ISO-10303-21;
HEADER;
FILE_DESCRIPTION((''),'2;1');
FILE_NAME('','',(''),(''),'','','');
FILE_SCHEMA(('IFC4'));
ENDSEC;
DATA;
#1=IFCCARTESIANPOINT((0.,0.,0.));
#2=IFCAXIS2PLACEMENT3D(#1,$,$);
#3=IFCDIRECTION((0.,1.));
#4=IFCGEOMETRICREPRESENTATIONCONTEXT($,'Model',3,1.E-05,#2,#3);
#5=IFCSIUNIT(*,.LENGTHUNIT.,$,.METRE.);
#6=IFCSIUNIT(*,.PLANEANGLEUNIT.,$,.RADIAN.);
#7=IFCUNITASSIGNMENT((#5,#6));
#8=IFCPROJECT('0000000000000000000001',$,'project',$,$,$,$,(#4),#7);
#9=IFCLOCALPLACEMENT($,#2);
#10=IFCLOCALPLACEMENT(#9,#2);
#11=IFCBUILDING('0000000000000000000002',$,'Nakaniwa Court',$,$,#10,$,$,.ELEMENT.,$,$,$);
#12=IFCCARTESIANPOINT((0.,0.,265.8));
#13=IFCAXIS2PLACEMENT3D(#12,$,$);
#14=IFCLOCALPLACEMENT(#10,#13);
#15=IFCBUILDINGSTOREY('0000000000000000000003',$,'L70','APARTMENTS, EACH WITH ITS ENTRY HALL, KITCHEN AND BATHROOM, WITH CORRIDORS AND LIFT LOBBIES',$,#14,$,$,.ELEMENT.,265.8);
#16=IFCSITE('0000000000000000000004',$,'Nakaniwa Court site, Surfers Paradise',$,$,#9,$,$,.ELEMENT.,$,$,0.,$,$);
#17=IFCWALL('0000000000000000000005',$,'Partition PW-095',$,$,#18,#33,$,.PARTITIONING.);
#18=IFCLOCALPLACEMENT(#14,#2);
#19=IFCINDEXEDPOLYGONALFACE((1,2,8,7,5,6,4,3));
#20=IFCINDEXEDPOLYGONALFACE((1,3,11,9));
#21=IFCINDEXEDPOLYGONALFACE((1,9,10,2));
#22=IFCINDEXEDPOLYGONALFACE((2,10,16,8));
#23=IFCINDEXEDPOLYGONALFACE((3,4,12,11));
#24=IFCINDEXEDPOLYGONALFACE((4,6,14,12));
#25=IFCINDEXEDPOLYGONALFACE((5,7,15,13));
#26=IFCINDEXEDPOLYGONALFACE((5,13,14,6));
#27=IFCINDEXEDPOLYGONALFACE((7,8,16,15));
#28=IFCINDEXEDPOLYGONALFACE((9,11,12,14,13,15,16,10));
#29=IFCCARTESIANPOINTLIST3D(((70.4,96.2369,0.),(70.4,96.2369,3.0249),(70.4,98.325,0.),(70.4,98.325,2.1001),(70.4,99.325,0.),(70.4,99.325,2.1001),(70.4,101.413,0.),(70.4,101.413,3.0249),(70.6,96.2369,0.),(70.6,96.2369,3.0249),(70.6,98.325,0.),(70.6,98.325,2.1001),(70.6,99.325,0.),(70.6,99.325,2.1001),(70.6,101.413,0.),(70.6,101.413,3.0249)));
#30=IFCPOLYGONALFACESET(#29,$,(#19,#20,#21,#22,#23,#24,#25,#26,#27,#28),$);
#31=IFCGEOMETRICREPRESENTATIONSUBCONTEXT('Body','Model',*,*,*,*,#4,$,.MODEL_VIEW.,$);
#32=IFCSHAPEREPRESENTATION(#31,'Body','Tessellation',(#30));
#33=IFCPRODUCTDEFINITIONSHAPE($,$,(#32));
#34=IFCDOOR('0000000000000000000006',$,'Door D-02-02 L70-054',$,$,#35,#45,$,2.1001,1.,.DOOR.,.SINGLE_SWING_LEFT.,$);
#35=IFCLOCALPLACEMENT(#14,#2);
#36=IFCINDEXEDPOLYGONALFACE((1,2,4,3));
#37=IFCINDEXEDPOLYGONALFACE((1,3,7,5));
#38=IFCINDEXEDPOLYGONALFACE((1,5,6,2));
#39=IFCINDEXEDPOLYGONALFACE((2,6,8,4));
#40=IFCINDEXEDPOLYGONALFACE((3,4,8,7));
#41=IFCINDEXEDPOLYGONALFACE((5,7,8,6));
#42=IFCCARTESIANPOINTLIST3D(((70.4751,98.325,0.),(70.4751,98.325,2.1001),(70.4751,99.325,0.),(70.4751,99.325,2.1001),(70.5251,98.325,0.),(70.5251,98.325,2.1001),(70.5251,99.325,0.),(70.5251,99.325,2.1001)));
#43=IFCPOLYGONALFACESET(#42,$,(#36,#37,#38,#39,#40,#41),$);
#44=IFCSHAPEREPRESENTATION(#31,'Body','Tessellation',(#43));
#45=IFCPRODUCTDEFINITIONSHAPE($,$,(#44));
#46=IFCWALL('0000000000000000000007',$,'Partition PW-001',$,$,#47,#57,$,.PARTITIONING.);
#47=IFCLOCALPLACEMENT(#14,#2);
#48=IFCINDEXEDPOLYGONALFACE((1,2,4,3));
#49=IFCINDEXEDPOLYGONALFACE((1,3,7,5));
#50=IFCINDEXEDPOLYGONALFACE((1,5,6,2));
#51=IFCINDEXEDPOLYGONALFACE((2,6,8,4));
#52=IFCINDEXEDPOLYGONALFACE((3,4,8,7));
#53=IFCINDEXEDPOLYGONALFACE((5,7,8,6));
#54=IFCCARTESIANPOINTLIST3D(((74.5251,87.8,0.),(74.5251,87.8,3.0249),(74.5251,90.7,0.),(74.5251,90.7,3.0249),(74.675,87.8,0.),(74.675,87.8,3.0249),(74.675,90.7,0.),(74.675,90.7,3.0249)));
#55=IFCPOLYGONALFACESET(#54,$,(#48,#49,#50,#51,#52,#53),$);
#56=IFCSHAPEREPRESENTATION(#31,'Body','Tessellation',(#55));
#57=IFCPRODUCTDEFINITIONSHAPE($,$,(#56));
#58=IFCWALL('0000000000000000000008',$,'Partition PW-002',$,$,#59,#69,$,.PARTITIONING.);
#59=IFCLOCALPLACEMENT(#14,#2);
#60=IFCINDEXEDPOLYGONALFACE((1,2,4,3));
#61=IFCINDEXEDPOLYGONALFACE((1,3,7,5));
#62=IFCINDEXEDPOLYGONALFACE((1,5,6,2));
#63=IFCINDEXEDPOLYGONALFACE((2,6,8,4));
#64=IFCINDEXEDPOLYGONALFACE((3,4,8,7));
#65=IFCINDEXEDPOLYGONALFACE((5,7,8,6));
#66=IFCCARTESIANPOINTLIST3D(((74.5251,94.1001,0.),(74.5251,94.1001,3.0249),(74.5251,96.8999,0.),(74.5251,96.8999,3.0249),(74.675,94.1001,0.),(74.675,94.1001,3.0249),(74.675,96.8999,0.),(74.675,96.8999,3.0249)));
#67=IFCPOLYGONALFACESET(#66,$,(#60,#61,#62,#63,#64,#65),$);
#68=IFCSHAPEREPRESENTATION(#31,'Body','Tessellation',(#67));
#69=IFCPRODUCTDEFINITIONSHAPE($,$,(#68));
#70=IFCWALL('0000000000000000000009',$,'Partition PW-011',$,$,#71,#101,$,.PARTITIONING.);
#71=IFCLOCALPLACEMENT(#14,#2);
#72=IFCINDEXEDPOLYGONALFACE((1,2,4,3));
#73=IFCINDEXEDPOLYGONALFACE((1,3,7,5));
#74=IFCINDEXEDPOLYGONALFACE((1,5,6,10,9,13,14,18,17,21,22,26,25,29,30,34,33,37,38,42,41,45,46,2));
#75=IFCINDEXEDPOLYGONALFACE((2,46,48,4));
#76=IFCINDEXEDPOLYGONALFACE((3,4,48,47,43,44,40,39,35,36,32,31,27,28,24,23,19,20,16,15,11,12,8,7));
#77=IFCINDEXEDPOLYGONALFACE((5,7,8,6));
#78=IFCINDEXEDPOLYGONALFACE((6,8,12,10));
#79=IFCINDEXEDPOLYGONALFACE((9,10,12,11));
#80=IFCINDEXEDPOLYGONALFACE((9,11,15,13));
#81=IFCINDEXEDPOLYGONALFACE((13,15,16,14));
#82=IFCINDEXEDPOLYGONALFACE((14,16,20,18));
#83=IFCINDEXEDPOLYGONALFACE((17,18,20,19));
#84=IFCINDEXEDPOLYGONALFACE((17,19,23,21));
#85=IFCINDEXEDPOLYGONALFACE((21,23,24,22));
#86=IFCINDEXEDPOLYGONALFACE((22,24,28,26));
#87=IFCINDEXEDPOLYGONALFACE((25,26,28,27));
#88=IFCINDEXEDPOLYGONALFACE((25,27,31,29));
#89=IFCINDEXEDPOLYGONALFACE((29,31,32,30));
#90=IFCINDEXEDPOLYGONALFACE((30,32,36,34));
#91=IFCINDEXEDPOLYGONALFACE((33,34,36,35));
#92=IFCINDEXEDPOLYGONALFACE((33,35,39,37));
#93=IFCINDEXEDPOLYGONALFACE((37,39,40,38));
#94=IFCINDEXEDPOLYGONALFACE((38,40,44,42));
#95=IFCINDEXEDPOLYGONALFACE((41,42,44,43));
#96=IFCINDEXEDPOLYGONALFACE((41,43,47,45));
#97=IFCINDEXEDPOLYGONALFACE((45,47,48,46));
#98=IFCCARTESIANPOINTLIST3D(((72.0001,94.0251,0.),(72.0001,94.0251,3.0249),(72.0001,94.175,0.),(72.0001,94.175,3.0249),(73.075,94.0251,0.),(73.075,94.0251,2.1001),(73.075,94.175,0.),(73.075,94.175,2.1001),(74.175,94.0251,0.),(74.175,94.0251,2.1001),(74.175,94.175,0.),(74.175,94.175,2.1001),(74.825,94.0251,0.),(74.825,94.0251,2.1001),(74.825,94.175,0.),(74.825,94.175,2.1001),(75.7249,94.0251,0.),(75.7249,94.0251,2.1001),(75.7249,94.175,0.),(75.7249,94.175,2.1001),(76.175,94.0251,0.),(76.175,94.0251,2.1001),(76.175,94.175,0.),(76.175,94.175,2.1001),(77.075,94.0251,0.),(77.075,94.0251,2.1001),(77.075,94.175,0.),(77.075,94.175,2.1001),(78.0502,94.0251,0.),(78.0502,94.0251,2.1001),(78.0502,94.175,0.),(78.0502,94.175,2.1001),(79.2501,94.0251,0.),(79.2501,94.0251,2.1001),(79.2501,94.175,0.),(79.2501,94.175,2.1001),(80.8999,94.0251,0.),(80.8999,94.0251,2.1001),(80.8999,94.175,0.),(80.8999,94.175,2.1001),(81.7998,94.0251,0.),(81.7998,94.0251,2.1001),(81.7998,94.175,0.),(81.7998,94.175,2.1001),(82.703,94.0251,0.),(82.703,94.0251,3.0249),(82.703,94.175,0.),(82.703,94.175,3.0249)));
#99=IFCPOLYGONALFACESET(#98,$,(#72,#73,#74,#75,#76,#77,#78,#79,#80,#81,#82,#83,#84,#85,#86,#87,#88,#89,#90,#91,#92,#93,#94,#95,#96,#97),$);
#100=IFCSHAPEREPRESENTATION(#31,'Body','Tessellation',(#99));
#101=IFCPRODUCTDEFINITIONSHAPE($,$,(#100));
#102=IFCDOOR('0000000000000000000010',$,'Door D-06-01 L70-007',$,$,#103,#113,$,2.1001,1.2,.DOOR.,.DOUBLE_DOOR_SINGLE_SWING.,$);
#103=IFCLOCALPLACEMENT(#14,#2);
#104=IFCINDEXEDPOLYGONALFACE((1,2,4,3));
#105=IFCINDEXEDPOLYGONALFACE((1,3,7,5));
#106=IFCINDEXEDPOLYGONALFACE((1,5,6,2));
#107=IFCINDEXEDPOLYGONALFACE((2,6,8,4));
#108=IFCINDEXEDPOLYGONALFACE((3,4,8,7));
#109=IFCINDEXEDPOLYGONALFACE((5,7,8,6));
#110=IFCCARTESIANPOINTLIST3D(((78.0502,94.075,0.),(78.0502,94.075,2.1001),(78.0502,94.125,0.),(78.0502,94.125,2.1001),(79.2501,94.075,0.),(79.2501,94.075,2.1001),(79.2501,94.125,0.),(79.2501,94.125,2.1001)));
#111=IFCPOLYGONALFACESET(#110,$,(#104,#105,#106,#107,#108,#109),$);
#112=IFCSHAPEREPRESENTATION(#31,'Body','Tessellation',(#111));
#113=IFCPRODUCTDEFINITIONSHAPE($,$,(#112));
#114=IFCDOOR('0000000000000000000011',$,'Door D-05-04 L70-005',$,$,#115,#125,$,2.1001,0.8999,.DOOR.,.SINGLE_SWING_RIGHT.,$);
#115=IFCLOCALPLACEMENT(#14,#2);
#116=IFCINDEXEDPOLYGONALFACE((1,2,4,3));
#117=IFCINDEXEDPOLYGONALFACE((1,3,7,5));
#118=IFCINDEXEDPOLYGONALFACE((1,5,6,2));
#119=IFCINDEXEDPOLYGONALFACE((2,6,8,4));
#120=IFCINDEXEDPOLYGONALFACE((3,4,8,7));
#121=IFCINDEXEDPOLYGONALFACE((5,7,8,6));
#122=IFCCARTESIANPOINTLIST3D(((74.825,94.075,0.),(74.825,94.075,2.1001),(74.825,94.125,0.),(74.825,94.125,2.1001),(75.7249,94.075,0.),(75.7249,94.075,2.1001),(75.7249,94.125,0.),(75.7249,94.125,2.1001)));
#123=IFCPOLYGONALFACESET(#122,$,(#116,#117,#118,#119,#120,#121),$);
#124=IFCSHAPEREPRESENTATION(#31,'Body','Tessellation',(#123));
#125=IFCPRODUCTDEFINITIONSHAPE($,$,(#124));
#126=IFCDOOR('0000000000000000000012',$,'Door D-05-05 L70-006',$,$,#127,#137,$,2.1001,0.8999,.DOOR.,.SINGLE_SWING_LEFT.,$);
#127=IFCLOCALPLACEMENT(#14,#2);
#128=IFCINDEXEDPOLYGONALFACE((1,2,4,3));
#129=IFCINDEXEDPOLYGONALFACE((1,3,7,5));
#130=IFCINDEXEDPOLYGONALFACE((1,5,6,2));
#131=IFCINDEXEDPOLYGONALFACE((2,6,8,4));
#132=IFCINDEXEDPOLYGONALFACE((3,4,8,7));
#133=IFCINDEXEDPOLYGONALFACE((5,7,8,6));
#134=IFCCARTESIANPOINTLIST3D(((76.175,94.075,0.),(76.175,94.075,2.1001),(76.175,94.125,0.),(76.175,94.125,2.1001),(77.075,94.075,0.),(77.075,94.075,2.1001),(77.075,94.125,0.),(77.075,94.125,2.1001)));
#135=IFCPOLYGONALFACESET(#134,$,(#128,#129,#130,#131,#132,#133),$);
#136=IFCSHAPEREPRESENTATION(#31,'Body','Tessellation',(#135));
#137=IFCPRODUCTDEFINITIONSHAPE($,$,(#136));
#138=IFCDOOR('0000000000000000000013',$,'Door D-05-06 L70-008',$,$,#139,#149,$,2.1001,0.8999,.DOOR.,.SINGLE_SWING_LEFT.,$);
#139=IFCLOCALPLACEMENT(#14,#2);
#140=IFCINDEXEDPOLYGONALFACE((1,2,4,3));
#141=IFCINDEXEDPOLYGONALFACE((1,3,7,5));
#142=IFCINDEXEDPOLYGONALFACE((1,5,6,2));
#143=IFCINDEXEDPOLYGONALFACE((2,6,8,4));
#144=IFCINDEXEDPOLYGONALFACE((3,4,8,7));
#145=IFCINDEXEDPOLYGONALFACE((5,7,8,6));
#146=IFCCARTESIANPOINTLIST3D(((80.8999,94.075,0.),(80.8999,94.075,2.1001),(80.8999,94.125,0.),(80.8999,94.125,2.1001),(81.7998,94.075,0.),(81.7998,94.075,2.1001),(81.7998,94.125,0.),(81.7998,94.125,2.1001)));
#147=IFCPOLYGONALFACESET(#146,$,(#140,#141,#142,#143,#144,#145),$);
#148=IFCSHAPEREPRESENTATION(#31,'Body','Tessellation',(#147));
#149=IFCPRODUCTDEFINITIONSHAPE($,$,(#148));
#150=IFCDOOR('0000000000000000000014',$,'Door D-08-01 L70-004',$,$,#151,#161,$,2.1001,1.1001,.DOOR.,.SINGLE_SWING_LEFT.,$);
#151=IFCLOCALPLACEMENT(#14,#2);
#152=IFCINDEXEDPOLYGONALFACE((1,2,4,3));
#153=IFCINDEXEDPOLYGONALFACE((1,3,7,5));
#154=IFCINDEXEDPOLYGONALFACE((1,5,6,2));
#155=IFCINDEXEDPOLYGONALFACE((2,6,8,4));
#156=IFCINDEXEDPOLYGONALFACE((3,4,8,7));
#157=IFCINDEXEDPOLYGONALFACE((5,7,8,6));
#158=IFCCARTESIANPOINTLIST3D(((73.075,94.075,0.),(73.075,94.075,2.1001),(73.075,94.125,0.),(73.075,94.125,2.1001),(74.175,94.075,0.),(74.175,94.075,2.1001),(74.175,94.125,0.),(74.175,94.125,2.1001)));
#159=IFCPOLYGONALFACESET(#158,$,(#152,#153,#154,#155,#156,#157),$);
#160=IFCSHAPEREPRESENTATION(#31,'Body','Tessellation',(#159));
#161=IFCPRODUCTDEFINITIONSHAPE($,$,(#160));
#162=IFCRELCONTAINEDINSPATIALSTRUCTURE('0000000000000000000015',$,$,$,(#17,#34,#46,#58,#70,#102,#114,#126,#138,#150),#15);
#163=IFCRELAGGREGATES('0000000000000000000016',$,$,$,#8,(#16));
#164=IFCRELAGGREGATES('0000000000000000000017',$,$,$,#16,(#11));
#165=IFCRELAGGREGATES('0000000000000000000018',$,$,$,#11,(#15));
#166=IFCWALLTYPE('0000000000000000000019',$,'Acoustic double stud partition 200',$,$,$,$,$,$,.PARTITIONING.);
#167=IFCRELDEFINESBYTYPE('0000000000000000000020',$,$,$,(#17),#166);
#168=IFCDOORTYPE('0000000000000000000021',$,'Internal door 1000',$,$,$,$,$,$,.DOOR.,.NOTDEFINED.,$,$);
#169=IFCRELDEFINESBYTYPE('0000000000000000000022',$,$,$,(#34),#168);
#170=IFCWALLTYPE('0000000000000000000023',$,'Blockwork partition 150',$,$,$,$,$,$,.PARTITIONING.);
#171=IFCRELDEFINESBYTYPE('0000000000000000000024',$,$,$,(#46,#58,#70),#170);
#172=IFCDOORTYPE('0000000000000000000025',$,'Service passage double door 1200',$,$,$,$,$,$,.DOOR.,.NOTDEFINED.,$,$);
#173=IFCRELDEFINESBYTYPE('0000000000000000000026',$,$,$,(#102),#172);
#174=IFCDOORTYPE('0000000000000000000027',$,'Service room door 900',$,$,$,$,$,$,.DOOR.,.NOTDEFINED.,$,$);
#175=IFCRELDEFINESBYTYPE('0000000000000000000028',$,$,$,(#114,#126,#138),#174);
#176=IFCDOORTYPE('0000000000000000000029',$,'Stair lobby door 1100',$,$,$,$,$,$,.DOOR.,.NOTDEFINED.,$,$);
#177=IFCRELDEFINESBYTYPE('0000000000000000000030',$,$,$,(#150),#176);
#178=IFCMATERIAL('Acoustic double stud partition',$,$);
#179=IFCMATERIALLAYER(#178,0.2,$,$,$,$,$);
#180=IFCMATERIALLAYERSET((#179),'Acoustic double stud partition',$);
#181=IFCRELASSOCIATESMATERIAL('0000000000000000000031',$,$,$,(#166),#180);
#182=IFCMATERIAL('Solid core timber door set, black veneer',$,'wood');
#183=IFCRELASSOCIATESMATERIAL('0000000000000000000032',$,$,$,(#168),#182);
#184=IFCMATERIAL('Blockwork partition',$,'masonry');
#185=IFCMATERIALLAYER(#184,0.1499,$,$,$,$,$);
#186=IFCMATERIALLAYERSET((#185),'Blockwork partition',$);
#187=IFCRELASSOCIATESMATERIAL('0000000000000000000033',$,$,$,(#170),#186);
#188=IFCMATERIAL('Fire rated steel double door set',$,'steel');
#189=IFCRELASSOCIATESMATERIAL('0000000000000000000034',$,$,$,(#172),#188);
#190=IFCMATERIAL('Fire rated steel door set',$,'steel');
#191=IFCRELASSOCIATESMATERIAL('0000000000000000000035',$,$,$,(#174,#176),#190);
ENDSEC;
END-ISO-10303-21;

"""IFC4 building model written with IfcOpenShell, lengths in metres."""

from ifc_helpers import new_model, si_unit, direction, frame, frame_2d, origin, place, context, subcontext, project, spatial, rectangle, extrude, material, layer, layer_set, type_object, element, fill, save


model = new_model("IFC4")

# Units and contexts
model_context = context("Model", 3, precision=1e-05, world=origin(), true_north=direction((0.0, 1.0)))
body_context = subcontext(model_context, "Body", "Model", "MODEL_VIEW")
ifc_project = project(units=[si_unit("LENGTHUNIT", "METRE"), si_unit("PLANEANGLEUNIT", "RADIAN")], contexts=[model_context])

# Site, building, storey
site_placement = place(None, origin())
site = spatial("IfcSite", under=ifc_project, at=site_placement, Name="Nakaniwa Court site, Surfers Paradise", CompositionType="ELEMENT", RefElevation=0.0)
building_placement = place(site_placement, origin())
building = spatial("IfcBuilding", under=site, at=building_placement, Name="Nakaniwa Court", CompositionType="ELEMENT")
storey_placement = place(building_placement, frame((0.0, 0.0, 265.8)))
storey = spatial("IfcBuildingStorey", under=building, at=storey_placement, Name="L70", Description="APARTMENTS, EACH WITH ITS ENTRY HALL, KITCHEN AND BATHROOM, WITH CORRIDORS AND LIFT LOBBIES", CompositionType="ELEMENT", Elevation=265.8)

# Shared definitions
ifc_material_1 = material(Name="Acoustic double stud partition")
ifc_layer_1 = layer(ifc_material_1, 0.2)
ifc_layer_set_1 = layer_set([ifc_layer_1], Name="Acoustic double stud partition")
wall_type_1 = type_object("IfcWallType", Name="Acoustic double stud partition 200", PredefinedType="PARTITIONING", material=ifc_layer_set_1)
ifc_material_2 = material(Name="Solid core timber door set, black veneer", Category="wood")

# Wall, opening, door
wall_1_placement = place(storey_placement, frame((70.5, 96.2371, 0.0), z_axis=(0.0, 0.0, 1.0), x_axis=(0.0, 1.0, 0.0)))
wall_1 = element("IfcWall", 1, at=wall_1_placement, inside=storey, type_object=wall_type_1, Name="Partition PW-095", PredefinedType="PARTITIONING", context=body_context, shape_type="SweptSolid", body=[
    extrude(rectangle(XDim=5.176, YDim=0.2, at=frame_2d((2.5879, 0.0))), origin(), (0.0, 0.0, 1.0), 3.0249),
])
opening_1_placement = place(wall_1_placement, frame((2.0879, 0.0, 0.0)))
opening_1 = element("IfcOpeningElement", 2, at=opening_1_placement, cuts=wall_1, PredefinedType="OPENING", context=body_context, shape_type="SweptSolid", body=[
    extrude(rectangle(XDim=1.0, YDim=2.1001, at=frame_2d((0.5, 1.05))), frame((0.0, 0.1099, 0.0), z_axis=(0.0, -1.0, 0.0), x_axis=(1.0, 0.0, 0.0)), (0.0, 0.0, 1.0), 0.22),
])
door_type_1 = type_object("IfcDoorType", Name="Internal door 1000", OperationType="NOTDEFINED", PredefinedType="DOOR", material=ifc_material_2)
door_1_placement = place(opening_1_placement, origin())
door_1 = element("IfcDoor", 3, at=door_1_placement, inside=storey, type_object=door_type_1, Name="Door D-02-02 L70-054", OperationType="SINGLE_SWING_LEFT", OverallHeight=2.1001, OverallWidth=1.0, PredefinedType="DOOR", context=body_context, shape_type="SweptSolid", body=[
    extrude(rectangle(XDim=1.0, YDim=2.1001, at=frame_2d((0.5, 1.05))), frame((0.0, 0.0249, 0.0), z_axis=(0.0, -1.0, 0.0), x_axis=(1.0, 0.0, 0.0)), (0.0, 0.0, 1.0), 0.05),
])
fill(opening_1, door_1)

# Walls
ifc_material_3 = material(Name="Blockwork partition", Category="masonry")
ifc_layer_2 = layer(ifc_material_3, 0.1499)
ifc_layer_set_2 = layer_set([ifc_layer_2], Name="Blockwork partition")
wall_type_2 = type_object("IfcWallType", Name="Blockwork partition 150", PredefinedType="PARTITIONING", material=ifc_layer_set_2)
wall_2_placement = place(storey_placement, frame((74.6001, 87.8, 0.0), z_axis=(0.0, 0.0, 1.0), x_axis=(0.0, 1.0, 0.0)))
element("IfcWall", 4, at=wall_2_placement, inside=storey, type_object=wall_type_2, Name="Partition PW-001", PredefinedType="PARTITIONING", context=body_context, shape_type="SweptSolid", body=[
    extrude(rectangle(XDim=2.8999, YDim=0.1499, at=frame_2d((1.45, 0.0))), origin(), (0.0, 0.0, 1.0), 3.0249),
])
wall_3_placement = place(storey_placement, frame((74.6001, 94.1001, 0.0), z_axis=(0.0, 0.0, 1.0), x_axis=(0.0, 1.0, 0.0)))
element("IfcWall", 5, at=wall_3_placement, inside=storey, type_object=wall_type_2, Name="Partition PW-002", PredefinedType="PARTITIONING", context=body_context, shape_type="SweptSolid", body=[
    extrude(rectangle(XDim=2.7998, YDim=0.1499, at=frame_2d((1.3999, 0.0))), origin(), (0.0, 0.0, 1.0), 3.0249),
])

# Wall, openings, doors
wall_4_placement = place(storey_placement, frame((72.0, 94.1001, 0.0), z_axis=(0.0, 0.0, 1.0), x_axis=(1.0, 0.0, 0.0)))
wall_4 = element("IfcWall", 6, at=wall_4_placement, inside=storey, type_object=wall_type_2, Name="Partition PW-011", PredefinedType="PARTITIONING", context=body_context, shape_type="SweptSolid", body=[
    extrude(rectangle(XDim=10.7029, YDim=0.1499, at=frame_2d((5.3516, 0.0))), origin(), (0.0, 0.0, 1.0), 3.0249),
])
opening_2_placement = place(wall_4_placement, frame((1.075, 0.0, 0.0)))
opening_2 = element("IfcOpeningElement", 7, at=opening_2_placement, cuts=wall_4, PredefinedType="OPENING", context=body_context, shape_type="SweptSolid", body=[
    extrude(rectangle(XDim=1.1001, YDim=2.1001, at=frame_2d((0.55, 1.05))), frame((0.0, 0.085, 0.0), z_axis=(0.0, -1.0, 0.0), x_axis=(1.0, 0.0, 0.0)), (0.0, 0.0, 1.0), 0.1699),
])
opening_3_placement = place(wall_4_placement, frame((2.825, 0.0, 0.0)))
opening_3 = element("IfcOpeningElement", 8, at=opening_3_placement, cuts=wall_4, PredefinedType="OPENING", context=body_context, shape_type="SweptSolid", body=[
    extrude(rectangle(XDim=0.8999, YDim=2.1001, at=frame_2d((0.45, 1.05))), frame((0.0, 0.085, 0.0), z_axis=(0.0, -1.0, 0.0), x_axis=(1.0, 0.0, 0.0)), (0.0, 0.0, 1.0), 0.1699),
])
opening_4_placement = place(wall_4_placement, frame((4.175, 0.0, 0.0)))
opening_4 = element("IfcOpeningElement", 9, at=opening_4_placement, cuts=wall_4, PredefinedType="OPENING", context=body_context, shape_type="SweptSolid", body=[
    extrude(rectangle(XDim=0.8999, YDim=2.1001, at=frame_2d((0.45, 1.05))), frame((0.0, 0.085, 0.0), z_axis=(0.0, -1.0, 0.0), x_axis=(1.0, 0.0, 0.0)), (0.0, 0.0, 1.0), 0.1699),
])
opening_5_placement = place(wall_4_placement, frame((6.05, 0.0, 0.0)))
opening_5 = element("IfcOpeningElement", 10, at=opening_5_placement, cuts=wall_4, PredefinedType="OPENING", context=body_context, shape_type="SweptSolid", body=[
    extrude(rectangle(XDim=1.2, YDim=2.1001, at=frame_2d((0.6001, 1.05))), frame((0.0, 0.085, 0.0), z_axis=(0.0, -1.0, 0.0), x_axis=(1.0, 0.0, 0.0)), (0.0, 0.0, 1.0), 0.1699),
])
opening_6_placement = place(wall_4_placement, frame((8.8999, 0.0, 0.0)))
opening_6 = element("IfcOpeningElement", 11, at=opening_6_placement, cuts=wall_4, PredefinedType="OPENING", context=body_context, shape_type="SweptSolid", body=[
    extrude(rectangle(XDim=0.8999, YDim=2.1001, at=frame_2d((0.45, 1.05))), frame((0.0, 0.085, 0.0), z_axis=(0.0, -1.0, 0.0), x_axis=(1.0, 0.0, 0.0)), (0.0, 0.0, 1.0), 0.1699),
])
ifc_material_4 = material(Name="Fire rated steel double door set", Category="steel")
door_type_2 = type_object("IfcDoorType", Name="Service passage double door 1200", OperationType="NOTDEFINED", PredefinedType="DOOR", material=ifc_material_4)
door_2_placement = place(opening_5_placement, origin())
door_2 = element("IfcDoor", 12, at=door_2_placement, inside=storey, type_object=door_type_2, Name="Door D-06-01 L70-007", OperationType="DOUBLE_DOOR_SINGLE_SWING", OverallHeight=2.1001, OverallWidth=1.2, PredefinedType="DOOR", context=body_context, shape_type="SweptSolid", body=[
    extrude(rectangle(XDim=1.2, YDim=2.1001, at=frame_2d((0.6001, 1.05))), frame((0.0, 0.0249, 0.0), z_axis=(0.0, -1.0, 0.0), x_axis=(1.0, 0.0, 0.0)), (0.0, 0.0, 1.0), 0.05),
])
fill(opening_5, door_2)
ifc_material_5 = material(Name="Fire rated steel door set", Category="steel")
door_type_3 = type_object("IfcDoorType", Name="Service room door 900", OperationType="NOTDEFINED", PredefinedType="DOOR", material=ifc_material_5)
door_3_placement = place(opening_3_placement, origin())
door_3 = element("IfcDoor", 13, at=door_3_placement, inside=storey, type_object=door_type_3, Name="Door D-05-04 L70-005", OperationType="SINGLE_SWING_RIGHT", OverallHeight=2.1001, OverallWidth=0.8999, PredefinedType="DOOR", context=body_context, shape_type="SweptSolid", body=[
    extrude(rectangle(XDim=0.8999, YDim=2.1001, at=frame_2d((0.45, 1.05))), frame((0.0, 0.0249, 0.0), z_axis=(0.0, -1.0, 0.0), x_axis=(1.0, 0.0, 0.0)), (0.0, 0.0, 1.0), 0.05),
])
fill(opening_3, door_3)
door_4_placement = place(opening_4_placement, origin())
door_4 = element("IfcDoor", 14, at=door_4_placement, inside=storey, type_object=door_type_3, Name="Door D-05-05 L70-006", OperationType="SINGLE_SWING_LEFT", OverallHeight=2.1001, OverallWidth=0.8999, PredefinedType="DOOR", context=body_context, shape_type="SweptSolid", body=[
    extrude(rectangle(XDim=0.8999, YDim=2.1001, at=frame_2d((0.45, 1.05))), frame((0.0, 0.0249, 0.0), z_axis=(0.0, -1.0, 0.0), x_axis=(1.0, 0.0, 0.0)), (0.0, 0.0, 1.0), 0.05),
])
fill(opening_4, door_4)
door_5_placement = place(opening_6_placement, origin())
door_5 = element("IfcDoor", 15, at=door_5_placement, inside=storey, type_object=door_type_3, Name="Door D-05-06 L70-008", OperationType="SINGLE_SWING_LEFT", OverallHeight=2.1001, OverallWidth=0.8999, PredefinedType="DOOR", context=body_context, shape_type="SweptSolid", body=[
    extrude(rectangle(XDim=0.8999, YDim=2.1001, at=frame_2d((0.45, 1.05))), frame((0.0, 0.0249, 0.0), z_axis=(0.0, -1.0, 0.0), x_axis=(1.0, 0.0, 0.0)), (0.0, 0.0, 1.0), 0.05),
])
fill(opening_6, door_5)
door_type_4 = type_object("IfcDoorType", Name="Stair lobby door 1100", OperationType="NOTDEFINED", PredefinedType="DOOR", material=ifc_material_5)
door_6_placement = place(opening_2_placement, origin())
door_6 = element("IfcDoor", 16, at=door_6_placement, inside=storey, type_object=door_type_4, Name="Door D-08-01 L70-004", OperationType="SINGLE_SWING_LEFT", OverallHeight=2.1001, OverallWidth=1.1001, PredefinedType="DOOR", context=body_context, shape_type="SweptSolid", body=[
    extrude(rectangle(XDim=1.1001, YDim=2.1001, at=frame_2d((0.55, 1.05))), frame((0.0, 0.0249, 0.0), z_axis=(0.0, -1.0, 0.0), x_axis=(1.0, 0.0, 0.0)), (0.0, 0.0, 1.0), 0.05),
])
fill(opening_2, door_6)

save(model, "model.ifc")
